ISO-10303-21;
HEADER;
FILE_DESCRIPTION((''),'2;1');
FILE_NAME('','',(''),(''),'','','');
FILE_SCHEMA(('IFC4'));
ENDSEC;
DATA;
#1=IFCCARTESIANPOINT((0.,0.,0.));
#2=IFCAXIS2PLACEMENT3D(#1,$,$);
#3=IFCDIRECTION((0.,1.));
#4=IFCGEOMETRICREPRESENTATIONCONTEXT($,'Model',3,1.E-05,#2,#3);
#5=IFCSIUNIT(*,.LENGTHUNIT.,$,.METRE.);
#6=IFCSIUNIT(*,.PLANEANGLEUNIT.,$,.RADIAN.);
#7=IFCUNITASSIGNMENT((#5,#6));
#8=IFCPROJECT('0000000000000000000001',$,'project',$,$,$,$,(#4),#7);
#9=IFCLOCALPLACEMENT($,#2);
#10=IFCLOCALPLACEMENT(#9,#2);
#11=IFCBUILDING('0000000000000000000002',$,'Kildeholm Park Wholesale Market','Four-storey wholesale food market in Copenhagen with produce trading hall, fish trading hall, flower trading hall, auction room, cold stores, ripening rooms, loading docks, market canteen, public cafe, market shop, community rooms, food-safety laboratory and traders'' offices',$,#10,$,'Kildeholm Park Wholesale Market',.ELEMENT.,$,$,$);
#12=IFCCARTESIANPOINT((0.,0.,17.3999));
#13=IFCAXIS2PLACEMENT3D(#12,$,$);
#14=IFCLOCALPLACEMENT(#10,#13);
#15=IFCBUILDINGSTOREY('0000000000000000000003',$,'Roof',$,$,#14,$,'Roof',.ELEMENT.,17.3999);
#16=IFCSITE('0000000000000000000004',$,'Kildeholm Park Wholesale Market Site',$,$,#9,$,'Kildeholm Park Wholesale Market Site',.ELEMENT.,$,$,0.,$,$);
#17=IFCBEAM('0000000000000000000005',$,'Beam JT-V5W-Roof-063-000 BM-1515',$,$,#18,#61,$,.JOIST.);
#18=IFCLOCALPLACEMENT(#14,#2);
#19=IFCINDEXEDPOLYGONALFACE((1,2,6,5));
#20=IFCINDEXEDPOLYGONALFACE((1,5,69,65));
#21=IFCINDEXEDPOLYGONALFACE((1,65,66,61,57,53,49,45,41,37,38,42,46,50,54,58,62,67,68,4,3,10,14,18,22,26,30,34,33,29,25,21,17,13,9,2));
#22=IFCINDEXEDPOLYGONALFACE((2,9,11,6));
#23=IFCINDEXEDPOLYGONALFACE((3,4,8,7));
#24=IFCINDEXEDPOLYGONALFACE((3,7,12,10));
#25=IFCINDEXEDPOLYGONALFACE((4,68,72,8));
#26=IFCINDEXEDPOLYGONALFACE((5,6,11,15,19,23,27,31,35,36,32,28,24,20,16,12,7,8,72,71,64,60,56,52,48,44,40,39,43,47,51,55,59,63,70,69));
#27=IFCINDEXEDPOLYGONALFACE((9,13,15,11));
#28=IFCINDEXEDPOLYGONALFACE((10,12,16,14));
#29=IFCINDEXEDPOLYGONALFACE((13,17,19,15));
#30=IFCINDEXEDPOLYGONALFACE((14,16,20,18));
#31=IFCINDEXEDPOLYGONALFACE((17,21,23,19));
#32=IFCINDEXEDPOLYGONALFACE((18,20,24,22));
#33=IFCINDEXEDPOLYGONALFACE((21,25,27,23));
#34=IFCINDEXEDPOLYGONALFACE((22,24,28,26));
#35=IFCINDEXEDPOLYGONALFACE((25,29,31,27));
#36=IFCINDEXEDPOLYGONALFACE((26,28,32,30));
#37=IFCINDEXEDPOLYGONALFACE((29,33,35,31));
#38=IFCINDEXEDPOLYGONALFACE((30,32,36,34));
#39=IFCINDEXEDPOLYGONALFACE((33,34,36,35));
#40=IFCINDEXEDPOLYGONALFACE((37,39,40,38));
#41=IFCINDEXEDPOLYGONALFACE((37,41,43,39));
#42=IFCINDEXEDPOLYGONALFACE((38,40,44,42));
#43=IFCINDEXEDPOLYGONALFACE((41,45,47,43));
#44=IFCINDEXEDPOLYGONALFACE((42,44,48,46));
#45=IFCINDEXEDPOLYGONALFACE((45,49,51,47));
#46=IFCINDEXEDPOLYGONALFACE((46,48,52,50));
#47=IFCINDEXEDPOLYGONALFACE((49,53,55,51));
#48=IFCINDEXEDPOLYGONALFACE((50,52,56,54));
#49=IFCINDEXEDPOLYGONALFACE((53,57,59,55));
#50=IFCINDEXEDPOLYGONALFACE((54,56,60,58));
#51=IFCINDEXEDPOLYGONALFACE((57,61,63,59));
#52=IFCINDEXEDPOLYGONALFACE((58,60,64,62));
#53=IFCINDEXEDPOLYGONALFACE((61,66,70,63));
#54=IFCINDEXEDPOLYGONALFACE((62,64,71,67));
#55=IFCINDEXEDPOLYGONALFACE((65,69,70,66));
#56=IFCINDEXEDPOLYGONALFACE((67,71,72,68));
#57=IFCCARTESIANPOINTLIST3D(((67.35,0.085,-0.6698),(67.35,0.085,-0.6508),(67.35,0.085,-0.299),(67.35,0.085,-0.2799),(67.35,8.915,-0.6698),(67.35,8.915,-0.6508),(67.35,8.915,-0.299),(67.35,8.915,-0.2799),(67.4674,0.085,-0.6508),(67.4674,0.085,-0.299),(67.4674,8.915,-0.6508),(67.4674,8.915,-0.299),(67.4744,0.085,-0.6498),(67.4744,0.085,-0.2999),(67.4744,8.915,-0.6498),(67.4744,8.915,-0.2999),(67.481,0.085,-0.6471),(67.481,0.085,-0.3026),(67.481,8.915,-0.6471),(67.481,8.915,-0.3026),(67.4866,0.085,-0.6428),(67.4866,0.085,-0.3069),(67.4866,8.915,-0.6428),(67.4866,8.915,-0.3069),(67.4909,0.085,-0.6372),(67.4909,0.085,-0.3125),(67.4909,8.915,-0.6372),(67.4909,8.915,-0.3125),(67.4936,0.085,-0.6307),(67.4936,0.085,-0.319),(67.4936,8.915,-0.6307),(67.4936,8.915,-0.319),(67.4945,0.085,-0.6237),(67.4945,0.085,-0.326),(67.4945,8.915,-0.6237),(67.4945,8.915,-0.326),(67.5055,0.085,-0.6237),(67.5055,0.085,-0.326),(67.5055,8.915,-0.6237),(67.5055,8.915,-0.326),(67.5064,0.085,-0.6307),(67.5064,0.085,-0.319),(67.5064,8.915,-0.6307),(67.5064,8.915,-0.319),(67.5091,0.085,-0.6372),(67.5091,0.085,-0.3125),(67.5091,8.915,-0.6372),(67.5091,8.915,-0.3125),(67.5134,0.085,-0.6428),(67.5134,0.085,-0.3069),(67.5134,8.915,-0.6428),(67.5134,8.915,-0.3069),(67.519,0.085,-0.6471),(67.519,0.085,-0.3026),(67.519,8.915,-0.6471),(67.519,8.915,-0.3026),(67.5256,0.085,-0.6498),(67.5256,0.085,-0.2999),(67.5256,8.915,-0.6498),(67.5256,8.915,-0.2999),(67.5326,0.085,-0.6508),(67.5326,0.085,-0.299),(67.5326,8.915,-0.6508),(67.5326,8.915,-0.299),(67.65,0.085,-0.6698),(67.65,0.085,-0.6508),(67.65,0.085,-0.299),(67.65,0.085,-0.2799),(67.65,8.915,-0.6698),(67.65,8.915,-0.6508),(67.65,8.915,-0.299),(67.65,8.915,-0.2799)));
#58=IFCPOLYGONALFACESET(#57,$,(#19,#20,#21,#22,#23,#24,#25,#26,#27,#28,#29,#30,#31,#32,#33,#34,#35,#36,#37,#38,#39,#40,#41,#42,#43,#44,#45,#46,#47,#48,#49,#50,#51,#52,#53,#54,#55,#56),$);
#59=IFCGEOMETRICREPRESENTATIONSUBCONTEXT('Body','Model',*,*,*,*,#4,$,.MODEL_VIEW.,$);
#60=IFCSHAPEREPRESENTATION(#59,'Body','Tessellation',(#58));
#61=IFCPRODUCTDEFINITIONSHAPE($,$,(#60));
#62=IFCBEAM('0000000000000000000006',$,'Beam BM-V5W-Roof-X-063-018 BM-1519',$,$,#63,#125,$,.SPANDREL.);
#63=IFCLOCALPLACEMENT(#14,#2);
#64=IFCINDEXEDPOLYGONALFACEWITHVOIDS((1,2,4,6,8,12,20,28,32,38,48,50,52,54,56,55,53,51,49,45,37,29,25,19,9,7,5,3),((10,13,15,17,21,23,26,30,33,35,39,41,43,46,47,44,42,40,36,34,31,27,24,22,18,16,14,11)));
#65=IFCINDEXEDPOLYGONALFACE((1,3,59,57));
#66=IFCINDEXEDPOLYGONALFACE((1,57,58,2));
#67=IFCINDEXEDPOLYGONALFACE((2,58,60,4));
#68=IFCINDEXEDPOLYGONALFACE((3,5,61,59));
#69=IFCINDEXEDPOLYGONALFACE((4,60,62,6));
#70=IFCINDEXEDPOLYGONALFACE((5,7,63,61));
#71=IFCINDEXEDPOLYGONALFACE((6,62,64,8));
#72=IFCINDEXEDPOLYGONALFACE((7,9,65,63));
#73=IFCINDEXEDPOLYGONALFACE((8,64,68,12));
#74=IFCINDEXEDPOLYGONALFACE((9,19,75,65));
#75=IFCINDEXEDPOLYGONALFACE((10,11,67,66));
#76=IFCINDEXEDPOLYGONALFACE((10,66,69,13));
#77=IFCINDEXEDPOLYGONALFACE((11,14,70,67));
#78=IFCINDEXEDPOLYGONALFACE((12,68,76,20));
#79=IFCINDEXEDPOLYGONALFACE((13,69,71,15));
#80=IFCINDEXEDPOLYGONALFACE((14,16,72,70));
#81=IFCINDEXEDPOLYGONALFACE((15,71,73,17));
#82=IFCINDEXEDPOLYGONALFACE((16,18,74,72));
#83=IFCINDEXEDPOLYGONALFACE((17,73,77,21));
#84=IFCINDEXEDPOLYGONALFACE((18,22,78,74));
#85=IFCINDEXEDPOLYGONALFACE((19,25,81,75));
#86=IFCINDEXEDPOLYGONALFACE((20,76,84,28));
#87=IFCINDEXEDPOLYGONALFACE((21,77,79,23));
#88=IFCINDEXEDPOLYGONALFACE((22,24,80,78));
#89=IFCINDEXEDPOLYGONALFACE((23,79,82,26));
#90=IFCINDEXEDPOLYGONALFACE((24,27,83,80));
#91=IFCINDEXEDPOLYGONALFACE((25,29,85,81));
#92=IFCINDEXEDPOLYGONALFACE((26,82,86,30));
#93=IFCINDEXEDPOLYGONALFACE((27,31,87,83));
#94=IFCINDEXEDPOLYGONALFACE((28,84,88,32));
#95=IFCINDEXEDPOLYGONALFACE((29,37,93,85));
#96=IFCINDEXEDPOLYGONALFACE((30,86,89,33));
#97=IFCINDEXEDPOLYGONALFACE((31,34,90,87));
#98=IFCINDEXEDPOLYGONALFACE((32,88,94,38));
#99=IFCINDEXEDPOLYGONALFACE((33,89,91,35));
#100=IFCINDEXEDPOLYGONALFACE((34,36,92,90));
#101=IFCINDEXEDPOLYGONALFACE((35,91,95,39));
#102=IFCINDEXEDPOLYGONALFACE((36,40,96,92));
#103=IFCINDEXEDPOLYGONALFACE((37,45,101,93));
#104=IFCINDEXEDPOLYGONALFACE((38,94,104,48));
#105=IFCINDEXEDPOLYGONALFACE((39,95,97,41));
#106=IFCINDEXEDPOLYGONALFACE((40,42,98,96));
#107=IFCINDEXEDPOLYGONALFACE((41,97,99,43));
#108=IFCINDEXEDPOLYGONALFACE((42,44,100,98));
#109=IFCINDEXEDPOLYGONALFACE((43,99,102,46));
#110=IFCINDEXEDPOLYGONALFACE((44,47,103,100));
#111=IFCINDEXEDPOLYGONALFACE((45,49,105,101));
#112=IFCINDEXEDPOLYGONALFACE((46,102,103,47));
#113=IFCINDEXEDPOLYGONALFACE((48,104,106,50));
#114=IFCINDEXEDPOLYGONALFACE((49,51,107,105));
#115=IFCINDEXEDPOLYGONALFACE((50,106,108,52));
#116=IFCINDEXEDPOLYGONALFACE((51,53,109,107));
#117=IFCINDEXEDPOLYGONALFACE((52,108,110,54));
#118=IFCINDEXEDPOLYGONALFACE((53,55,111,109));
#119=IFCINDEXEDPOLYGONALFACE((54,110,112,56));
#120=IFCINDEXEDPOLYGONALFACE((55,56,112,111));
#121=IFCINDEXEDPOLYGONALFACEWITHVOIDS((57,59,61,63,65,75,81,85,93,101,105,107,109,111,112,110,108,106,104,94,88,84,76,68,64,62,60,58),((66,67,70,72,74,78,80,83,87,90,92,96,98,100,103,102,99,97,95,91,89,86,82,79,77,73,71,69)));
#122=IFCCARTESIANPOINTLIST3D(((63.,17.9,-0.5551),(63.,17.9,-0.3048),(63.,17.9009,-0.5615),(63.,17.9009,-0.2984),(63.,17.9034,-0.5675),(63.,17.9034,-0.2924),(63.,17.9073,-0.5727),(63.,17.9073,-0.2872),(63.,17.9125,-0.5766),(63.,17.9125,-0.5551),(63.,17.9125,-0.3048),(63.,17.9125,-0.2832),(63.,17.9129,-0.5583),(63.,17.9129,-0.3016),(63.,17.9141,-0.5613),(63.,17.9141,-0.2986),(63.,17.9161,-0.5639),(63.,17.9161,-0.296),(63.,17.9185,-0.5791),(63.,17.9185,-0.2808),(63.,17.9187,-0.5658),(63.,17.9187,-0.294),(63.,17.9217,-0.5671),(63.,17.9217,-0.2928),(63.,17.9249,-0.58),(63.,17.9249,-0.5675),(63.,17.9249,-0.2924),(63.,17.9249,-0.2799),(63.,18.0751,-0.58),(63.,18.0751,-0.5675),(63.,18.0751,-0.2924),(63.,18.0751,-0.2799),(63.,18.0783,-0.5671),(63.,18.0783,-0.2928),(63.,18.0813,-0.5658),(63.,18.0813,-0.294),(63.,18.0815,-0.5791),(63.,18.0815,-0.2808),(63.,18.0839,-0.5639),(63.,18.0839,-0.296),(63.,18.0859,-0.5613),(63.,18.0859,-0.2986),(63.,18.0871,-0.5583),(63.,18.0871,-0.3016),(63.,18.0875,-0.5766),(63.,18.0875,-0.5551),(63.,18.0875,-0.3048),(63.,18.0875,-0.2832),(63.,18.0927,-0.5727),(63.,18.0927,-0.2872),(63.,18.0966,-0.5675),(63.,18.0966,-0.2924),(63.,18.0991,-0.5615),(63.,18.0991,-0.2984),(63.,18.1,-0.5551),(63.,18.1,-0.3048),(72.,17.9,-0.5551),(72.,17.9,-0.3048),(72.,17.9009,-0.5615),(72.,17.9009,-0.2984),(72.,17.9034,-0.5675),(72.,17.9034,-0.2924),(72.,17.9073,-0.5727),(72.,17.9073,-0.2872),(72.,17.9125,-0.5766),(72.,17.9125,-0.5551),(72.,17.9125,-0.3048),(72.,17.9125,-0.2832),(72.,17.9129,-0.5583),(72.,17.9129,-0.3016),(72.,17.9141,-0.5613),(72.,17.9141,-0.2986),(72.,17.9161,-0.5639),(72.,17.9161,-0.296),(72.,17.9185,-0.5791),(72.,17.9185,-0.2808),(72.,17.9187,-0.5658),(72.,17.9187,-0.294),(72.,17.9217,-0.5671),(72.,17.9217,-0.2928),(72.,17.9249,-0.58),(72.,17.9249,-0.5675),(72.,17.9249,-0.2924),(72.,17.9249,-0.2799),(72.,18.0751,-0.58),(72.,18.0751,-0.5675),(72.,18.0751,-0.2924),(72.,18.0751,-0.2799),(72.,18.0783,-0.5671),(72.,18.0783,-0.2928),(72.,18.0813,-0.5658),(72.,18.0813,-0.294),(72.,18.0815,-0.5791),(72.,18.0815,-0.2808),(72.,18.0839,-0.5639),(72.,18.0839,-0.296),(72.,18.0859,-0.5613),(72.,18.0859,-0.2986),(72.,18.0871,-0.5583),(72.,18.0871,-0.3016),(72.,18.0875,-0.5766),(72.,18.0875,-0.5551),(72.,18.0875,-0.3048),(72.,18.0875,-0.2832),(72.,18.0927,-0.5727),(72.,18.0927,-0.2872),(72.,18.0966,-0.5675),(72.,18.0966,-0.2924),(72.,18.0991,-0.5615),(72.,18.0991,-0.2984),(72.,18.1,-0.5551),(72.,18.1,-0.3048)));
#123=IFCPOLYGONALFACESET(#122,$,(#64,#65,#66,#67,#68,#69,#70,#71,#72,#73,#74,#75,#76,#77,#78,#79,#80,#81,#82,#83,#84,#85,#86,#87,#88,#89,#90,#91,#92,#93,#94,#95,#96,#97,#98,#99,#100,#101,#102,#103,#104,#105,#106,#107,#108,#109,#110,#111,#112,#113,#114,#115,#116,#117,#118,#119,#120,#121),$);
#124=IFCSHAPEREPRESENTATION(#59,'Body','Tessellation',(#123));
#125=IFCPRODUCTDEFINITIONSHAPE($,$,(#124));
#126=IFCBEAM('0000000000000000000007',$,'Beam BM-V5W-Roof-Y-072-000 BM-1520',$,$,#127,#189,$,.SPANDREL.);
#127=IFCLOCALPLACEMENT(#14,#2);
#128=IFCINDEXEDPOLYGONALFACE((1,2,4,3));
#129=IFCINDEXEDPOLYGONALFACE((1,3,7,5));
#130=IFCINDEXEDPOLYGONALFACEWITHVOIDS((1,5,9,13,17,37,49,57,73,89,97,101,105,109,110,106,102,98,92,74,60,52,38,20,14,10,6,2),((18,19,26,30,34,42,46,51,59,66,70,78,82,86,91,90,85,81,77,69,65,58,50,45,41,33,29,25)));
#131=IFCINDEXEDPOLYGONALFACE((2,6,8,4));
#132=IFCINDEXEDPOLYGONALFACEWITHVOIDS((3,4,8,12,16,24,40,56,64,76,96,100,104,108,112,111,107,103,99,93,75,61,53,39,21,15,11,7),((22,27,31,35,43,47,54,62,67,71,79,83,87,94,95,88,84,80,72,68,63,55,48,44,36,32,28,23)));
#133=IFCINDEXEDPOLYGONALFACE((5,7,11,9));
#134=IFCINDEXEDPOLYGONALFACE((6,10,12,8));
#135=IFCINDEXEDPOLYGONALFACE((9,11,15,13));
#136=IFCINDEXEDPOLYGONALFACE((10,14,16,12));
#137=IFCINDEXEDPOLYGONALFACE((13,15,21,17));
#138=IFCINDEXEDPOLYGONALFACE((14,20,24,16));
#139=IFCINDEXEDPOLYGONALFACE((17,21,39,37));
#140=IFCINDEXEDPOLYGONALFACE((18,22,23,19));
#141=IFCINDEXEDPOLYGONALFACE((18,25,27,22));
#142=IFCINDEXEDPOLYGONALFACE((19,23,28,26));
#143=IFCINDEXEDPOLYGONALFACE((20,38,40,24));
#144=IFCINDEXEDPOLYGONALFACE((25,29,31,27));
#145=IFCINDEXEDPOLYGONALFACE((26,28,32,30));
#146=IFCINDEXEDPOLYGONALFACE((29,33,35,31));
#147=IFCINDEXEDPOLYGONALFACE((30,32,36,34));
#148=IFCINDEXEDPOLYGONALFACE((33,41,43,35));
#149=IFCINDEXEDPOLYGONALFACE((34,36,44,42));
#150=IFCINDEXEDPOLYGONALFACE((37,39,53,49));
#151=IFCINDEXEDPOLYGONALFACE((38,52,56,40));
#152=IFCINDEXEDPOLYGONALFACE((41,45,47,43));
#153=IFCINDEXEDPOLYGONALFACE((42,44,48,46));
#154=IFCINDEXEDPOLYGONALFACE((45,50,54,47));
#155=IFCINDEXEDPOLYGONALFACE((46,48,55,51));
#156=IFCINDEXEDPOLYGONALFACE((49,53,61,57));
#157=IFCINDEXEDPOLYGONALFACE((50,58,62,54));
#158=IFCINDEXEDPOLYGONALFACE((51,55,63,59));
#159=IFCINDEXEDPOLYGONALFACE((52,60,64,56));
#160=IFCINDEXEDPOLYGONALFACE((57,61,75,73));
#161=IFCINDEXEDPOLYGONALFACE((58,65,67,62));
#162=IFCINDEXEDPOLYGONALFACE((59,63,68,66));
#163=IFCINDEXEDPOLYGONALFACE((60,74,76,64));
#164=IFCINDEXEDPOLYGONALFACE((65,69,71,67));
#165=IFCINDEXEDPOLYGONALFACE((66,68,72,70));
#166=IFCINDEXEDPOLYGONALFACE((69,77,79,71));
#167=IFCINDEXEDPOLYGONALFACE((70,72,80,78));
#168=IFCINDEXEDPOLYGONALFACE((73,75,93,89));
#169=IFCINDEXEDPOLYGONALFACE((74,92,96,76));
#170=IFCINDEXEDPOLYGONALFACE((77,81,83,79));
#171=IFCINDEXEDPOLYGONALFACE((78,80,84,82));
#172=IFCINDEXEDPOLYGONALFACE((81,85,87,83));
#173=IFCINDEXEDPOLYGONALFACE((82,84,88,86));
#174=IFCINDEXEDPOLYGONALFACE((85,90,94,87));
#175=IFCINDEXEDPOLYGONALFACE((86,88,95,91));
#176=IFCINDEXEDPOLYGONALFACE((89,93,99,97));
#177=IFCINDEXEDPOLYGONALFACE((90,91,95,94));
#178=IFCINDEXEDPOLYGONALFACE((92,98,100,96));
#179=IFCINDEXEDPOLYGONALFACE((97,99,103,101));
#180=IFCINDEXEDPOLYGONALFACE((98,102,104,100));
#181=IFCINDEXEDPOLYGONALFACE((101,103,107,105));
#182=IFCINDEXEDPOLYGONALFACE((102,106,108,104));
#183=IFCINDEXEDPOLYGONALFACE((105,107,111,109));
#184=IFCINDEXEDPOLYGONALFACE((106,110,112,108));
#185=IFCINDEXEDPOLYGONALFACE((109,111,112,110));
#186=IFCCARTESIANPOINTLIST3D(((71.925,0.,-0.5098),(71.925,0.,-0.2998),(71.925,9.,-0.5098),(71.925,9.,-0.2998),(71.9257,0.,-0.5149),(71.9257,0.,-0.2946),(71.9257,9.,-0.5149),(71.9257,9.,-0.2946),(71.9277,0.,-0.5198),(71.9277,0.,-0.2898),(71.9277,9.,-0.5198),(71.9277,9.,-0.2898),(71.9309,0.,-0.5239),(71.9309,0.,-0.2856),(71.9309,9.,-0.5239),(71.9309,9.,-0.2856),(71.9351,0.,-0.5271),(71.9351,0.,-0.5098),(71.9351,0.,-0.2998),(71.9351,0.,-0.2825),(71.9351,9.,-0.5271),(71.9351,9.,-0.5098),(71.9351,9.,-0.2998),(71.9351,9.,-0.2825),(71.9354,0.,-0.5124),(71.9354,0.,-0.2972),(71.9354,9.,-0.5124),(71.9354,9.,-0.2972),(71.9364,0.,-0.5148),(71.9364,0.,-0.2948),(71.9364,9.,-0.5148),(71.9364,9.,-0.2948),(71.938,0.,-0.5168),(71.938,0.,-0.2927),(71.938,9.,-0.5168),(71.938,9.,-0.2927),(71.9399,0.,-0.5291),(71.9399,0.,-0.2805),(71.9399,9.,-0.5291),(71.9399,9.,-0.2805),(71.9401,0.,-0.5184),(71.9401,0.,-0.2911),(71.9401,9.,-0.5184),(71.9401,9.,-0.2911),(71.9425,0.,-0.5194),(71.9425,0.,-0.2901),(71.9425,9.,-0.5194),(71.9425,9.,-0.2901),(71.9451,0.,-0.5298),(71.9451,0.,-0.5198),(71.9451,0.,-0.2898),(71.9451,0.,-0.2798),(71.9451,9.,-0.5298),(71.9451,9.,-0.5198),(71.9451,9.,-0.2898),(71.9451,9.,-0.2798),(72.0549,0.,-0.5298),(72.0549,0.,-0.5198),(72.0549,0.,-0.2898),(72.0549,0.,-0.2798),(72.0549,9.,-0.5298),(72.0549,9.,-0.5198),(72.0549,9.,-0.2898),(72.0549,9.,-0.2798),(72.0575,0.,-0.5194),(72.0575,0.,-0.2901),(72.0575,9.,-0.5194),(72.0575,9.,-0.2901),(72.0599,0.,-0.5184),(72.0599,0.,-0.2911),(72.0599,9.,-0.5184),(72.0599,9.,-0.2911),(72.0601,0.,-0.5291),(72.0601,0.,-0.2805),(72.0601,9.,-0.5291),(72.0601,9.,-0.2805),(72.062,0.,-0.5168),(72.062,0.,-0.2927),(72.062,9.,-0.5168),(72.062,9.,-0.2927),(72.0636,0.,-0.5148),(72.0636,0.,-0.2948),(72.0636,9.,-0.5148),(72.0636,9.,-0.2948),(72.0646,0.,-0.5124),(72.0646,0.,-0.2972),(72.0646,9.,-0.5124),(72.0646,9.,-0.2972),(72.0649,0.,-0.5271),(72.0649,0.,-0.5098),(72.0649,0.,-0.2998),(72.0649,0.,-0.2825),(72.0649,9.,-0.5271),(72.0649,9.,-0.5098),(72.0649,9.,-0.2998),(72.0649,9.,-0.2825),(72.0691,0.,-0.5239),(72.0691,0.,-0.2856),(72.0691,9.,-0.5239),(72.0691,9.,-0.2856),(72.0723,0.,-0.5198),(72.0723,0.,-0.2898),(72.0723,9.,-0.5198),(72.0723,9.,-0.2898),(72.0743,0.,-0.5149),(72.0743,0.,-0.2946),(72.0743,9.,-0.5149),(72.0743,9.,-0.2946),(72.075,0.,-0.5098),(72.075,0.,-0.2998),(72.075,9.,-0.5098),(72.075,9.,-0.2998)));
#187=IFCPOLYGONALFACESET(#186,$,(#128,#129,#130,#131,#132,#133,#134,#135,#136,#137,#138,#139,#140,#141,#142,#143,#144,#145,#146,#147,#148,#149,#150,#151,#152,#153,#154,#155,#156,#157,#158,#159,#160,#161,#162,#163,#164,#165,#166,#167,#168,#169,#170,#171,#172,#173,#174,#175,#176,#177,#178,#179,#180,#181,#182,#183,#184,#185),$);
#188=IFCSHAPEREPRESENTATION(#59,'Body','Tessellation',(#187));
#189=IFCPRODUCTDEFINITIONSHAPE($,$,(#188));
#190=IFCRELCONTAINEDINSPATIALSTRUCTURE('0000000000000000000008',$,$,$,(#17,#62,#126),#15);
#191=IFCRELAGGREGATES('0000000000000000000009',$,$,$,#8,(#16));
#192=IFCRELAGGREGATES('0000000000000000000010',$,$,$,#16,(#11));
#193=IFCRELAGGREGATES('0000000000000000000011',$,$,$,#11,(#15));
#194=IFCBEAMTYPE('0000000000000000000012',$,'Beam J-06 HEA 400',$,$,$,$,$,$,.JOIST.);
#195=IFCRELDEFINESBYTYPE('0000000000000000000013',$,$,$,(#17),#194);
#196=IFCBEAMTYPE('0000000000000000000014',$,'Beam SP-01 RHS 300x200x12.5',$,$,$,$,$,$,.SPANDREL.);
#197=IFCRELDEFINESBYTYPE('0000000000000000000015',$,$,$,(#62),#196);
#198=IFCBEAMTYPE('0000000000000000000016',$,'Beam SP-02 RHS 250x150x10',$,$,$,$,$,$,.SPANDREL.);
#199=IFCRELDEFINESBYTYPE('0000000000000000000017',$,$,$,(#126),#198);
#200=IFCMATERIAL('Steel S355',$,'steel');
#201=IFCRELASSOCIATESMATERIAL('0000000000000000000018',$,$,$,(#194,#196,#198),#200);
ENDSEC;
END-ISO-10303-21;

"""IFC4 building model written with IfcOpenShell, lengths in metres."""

from ifc_helpers import new_model, si_unit, direction, frame, origin, origin_2d, place, context, subcontext, project, spatial, hollow_rectangle, i_section, extrude, material, material_profile, profile_set, type_object, element, save


model = new_model("IFC4")

# Units and contexts
model_context = context("Model", 3, precision=1e-05, world=origin(), true_north=direction((0.0, 1.0)))
body_context = subcontext(model_context, "Body", "Model", "MODEL_VIEW")
ifc_project = project(units=[si_unit("LENGTHUNIT", "METRE"), si_unit("PLANEANGLEUNIT", "RADIAN")], contexts=[model_context])

# Site, building, storey
site_placement = place(None, origin())
site = spatial("IfcSite", under=ifc_project, at=site_placement, Name="Kildeholm Park Wholesale Market Site", LongName="Kildeholm Park Wholesale Market Site", CompositionType="ELEMENT", RefElevation=0.0)
building_placement = place(site_placement, origin())
building = spatial("IfcBuilding", under=site, at=building_placement, Name="Kildeholm Park Wholesale Market", Description="Four-storey wholesale food market in Copenhagen with produce trading hall, fish trading hall, flower trading hall, auction room, cold stores, ripening rooms, loading docks, market canteen, public cafe, market shop, community rooms, food-safety laboratory and traders' offices", LongName="Kildeholm Park Wholesale Market", CompositionType="ELEMENT")
storey_placement = place(building_placement, frame((0.0, 0.0, 17.3999)))
storey = spatial("IfcBuildingStorey", under=building, at=storey_placement, Name="Roof", LongName="Roof", CompositionType="ELEMENT", Elevation=17.3999)

# Beams
ifc_material_1 = material(Name="Steel S355", Category="steel")
ifc_material_profile_1 = material_profile(ifc_material_1, i_section(OverallWidth=0.3, OverallDepth=0.3899, WebThickness=0.011, FlangeThickness=0.019, FilletRadius=0.0271, at=origin_2d()), Name="HEA 400")
ifc_profile_set_1 = profile_set([ifc_material_profile_1], Name="Steel S355")
beam_type_1 = type_object("IfcBeamType", Name="Beam J-06 HEA 400", PredefinedType="JOIST", material=ifc_profile_set_1)
beam_1_placement = place(storey_placement, frame((67.5, 0.085, -0.4749), z_axis=(0.0, 1.0, 0.0), x_axis=(-1.0, 0.0, 0.0)))
element("IfcBeam", 1, at=beam_1_placement, inside=storey, type_object=beam_type_1, Name="Beam JT-V5W-Roof-063-000 BM-1515", PredefinedType="JOIST", context=body_context, shape_type="SweptSolid", body=[
    extrude(i_section(OverallWidth=0.3, OverallDepth=0.3899, WebThickness=0.011, FlangeThickness=0.019, FilletRadius=0.0271, at=origin_2d()), origin(), (0.0, 0.0, 1.0), 8.8301),
])
ifc_material_profile_2 = material_profile(ifc_material_1, hollow_rectangle(XDim=0.2, YDim=0.3, WallThickness=0.0125, InnerFilletRadius=0.0125, OuterFilletRadius=0.0249, at=origin_2d()), Name="RHS 300x200x12.5")
ifc_profile_set_2 = profile_set([ifc_material_profile_2], Name="Steel S355")
beam_type_2 = type_object("IfcBeamType", Name="Beam SP-01 RHS 300x200x12.5", PredefinedType="SPANDREL", material=ifc_profile_set_2)
beam_2_placement = place(storey_placement, frame((63.0, 18.0, -0.4299), z_axis=(1.0, 0.0, 0.0), x_axis=(0.0, 1.0, 0.0)))
element("IfcBeam", 2, at=beam_2_placement, inside=storey, type_object=beam_type_2, Name="Beam BM-V5W-Roof-X-063-018 BM-1519", PredefinedType="SPANDREL", context=body_context, shape_type="SweptSolid", body=[
    extrude(hollow_rectangle(XDim=0.2, YDim=0.3, WallThickness=0.0125, InnerFilletRadius=0.0125, OuterFilletRadius=0.0249, at=origin_2d()), origin(), (0.0, 0.0, 1.0), 9.0),
])
ifc_material_profile_3 = material_profile(ifc_material_1, hollow_rectangle(XDim=0.1499, YDim=0.25, WallThickness=0.01, InnerFilletRadius=0.01, OuterFilletRadius=0.02, at=origin_2d()), Name="RHS 250x150x10")
ifc_profile_set_3 = profile_set([ifc_material_profile_3], Name="Steel S355")
beam_type_3 = type_object("IfcBeamType", Name="Beam SP-02 RHS 250x150x10", PredefinedType="SPANDREL", material=ifc_profile_set_3)
for number, where, z_axis, x_axis, name in (
    (3, (72.0, 0.0, -0.4048), (0.0, 1.0, 0.0), (-1.0, 0.0, 0.0), "Beam BM-V5W-Roof-Y-072-000 BM-1520"),
):
    element("IfcBeam", number, at=place(storey_placement, frame(where, z_axis=z_axis, x_axis=x_axis)), inside=storey, type_object=beam_type_3, Name=name, PredefinedType="SPANDREL", context=body_context, shape_type="SweptSolid", body=[
        extrude(hollow_rectangle(XDim=0.1499, YDim=0.25, WallThickness=0.01, InnerFilletRadius=0.01, OuterFilletRadius=0.02, at=origin_2d()), origin(), (0.0, 0.0, 1.0), 9.0),
    ])

save(model, "model.ifc")
